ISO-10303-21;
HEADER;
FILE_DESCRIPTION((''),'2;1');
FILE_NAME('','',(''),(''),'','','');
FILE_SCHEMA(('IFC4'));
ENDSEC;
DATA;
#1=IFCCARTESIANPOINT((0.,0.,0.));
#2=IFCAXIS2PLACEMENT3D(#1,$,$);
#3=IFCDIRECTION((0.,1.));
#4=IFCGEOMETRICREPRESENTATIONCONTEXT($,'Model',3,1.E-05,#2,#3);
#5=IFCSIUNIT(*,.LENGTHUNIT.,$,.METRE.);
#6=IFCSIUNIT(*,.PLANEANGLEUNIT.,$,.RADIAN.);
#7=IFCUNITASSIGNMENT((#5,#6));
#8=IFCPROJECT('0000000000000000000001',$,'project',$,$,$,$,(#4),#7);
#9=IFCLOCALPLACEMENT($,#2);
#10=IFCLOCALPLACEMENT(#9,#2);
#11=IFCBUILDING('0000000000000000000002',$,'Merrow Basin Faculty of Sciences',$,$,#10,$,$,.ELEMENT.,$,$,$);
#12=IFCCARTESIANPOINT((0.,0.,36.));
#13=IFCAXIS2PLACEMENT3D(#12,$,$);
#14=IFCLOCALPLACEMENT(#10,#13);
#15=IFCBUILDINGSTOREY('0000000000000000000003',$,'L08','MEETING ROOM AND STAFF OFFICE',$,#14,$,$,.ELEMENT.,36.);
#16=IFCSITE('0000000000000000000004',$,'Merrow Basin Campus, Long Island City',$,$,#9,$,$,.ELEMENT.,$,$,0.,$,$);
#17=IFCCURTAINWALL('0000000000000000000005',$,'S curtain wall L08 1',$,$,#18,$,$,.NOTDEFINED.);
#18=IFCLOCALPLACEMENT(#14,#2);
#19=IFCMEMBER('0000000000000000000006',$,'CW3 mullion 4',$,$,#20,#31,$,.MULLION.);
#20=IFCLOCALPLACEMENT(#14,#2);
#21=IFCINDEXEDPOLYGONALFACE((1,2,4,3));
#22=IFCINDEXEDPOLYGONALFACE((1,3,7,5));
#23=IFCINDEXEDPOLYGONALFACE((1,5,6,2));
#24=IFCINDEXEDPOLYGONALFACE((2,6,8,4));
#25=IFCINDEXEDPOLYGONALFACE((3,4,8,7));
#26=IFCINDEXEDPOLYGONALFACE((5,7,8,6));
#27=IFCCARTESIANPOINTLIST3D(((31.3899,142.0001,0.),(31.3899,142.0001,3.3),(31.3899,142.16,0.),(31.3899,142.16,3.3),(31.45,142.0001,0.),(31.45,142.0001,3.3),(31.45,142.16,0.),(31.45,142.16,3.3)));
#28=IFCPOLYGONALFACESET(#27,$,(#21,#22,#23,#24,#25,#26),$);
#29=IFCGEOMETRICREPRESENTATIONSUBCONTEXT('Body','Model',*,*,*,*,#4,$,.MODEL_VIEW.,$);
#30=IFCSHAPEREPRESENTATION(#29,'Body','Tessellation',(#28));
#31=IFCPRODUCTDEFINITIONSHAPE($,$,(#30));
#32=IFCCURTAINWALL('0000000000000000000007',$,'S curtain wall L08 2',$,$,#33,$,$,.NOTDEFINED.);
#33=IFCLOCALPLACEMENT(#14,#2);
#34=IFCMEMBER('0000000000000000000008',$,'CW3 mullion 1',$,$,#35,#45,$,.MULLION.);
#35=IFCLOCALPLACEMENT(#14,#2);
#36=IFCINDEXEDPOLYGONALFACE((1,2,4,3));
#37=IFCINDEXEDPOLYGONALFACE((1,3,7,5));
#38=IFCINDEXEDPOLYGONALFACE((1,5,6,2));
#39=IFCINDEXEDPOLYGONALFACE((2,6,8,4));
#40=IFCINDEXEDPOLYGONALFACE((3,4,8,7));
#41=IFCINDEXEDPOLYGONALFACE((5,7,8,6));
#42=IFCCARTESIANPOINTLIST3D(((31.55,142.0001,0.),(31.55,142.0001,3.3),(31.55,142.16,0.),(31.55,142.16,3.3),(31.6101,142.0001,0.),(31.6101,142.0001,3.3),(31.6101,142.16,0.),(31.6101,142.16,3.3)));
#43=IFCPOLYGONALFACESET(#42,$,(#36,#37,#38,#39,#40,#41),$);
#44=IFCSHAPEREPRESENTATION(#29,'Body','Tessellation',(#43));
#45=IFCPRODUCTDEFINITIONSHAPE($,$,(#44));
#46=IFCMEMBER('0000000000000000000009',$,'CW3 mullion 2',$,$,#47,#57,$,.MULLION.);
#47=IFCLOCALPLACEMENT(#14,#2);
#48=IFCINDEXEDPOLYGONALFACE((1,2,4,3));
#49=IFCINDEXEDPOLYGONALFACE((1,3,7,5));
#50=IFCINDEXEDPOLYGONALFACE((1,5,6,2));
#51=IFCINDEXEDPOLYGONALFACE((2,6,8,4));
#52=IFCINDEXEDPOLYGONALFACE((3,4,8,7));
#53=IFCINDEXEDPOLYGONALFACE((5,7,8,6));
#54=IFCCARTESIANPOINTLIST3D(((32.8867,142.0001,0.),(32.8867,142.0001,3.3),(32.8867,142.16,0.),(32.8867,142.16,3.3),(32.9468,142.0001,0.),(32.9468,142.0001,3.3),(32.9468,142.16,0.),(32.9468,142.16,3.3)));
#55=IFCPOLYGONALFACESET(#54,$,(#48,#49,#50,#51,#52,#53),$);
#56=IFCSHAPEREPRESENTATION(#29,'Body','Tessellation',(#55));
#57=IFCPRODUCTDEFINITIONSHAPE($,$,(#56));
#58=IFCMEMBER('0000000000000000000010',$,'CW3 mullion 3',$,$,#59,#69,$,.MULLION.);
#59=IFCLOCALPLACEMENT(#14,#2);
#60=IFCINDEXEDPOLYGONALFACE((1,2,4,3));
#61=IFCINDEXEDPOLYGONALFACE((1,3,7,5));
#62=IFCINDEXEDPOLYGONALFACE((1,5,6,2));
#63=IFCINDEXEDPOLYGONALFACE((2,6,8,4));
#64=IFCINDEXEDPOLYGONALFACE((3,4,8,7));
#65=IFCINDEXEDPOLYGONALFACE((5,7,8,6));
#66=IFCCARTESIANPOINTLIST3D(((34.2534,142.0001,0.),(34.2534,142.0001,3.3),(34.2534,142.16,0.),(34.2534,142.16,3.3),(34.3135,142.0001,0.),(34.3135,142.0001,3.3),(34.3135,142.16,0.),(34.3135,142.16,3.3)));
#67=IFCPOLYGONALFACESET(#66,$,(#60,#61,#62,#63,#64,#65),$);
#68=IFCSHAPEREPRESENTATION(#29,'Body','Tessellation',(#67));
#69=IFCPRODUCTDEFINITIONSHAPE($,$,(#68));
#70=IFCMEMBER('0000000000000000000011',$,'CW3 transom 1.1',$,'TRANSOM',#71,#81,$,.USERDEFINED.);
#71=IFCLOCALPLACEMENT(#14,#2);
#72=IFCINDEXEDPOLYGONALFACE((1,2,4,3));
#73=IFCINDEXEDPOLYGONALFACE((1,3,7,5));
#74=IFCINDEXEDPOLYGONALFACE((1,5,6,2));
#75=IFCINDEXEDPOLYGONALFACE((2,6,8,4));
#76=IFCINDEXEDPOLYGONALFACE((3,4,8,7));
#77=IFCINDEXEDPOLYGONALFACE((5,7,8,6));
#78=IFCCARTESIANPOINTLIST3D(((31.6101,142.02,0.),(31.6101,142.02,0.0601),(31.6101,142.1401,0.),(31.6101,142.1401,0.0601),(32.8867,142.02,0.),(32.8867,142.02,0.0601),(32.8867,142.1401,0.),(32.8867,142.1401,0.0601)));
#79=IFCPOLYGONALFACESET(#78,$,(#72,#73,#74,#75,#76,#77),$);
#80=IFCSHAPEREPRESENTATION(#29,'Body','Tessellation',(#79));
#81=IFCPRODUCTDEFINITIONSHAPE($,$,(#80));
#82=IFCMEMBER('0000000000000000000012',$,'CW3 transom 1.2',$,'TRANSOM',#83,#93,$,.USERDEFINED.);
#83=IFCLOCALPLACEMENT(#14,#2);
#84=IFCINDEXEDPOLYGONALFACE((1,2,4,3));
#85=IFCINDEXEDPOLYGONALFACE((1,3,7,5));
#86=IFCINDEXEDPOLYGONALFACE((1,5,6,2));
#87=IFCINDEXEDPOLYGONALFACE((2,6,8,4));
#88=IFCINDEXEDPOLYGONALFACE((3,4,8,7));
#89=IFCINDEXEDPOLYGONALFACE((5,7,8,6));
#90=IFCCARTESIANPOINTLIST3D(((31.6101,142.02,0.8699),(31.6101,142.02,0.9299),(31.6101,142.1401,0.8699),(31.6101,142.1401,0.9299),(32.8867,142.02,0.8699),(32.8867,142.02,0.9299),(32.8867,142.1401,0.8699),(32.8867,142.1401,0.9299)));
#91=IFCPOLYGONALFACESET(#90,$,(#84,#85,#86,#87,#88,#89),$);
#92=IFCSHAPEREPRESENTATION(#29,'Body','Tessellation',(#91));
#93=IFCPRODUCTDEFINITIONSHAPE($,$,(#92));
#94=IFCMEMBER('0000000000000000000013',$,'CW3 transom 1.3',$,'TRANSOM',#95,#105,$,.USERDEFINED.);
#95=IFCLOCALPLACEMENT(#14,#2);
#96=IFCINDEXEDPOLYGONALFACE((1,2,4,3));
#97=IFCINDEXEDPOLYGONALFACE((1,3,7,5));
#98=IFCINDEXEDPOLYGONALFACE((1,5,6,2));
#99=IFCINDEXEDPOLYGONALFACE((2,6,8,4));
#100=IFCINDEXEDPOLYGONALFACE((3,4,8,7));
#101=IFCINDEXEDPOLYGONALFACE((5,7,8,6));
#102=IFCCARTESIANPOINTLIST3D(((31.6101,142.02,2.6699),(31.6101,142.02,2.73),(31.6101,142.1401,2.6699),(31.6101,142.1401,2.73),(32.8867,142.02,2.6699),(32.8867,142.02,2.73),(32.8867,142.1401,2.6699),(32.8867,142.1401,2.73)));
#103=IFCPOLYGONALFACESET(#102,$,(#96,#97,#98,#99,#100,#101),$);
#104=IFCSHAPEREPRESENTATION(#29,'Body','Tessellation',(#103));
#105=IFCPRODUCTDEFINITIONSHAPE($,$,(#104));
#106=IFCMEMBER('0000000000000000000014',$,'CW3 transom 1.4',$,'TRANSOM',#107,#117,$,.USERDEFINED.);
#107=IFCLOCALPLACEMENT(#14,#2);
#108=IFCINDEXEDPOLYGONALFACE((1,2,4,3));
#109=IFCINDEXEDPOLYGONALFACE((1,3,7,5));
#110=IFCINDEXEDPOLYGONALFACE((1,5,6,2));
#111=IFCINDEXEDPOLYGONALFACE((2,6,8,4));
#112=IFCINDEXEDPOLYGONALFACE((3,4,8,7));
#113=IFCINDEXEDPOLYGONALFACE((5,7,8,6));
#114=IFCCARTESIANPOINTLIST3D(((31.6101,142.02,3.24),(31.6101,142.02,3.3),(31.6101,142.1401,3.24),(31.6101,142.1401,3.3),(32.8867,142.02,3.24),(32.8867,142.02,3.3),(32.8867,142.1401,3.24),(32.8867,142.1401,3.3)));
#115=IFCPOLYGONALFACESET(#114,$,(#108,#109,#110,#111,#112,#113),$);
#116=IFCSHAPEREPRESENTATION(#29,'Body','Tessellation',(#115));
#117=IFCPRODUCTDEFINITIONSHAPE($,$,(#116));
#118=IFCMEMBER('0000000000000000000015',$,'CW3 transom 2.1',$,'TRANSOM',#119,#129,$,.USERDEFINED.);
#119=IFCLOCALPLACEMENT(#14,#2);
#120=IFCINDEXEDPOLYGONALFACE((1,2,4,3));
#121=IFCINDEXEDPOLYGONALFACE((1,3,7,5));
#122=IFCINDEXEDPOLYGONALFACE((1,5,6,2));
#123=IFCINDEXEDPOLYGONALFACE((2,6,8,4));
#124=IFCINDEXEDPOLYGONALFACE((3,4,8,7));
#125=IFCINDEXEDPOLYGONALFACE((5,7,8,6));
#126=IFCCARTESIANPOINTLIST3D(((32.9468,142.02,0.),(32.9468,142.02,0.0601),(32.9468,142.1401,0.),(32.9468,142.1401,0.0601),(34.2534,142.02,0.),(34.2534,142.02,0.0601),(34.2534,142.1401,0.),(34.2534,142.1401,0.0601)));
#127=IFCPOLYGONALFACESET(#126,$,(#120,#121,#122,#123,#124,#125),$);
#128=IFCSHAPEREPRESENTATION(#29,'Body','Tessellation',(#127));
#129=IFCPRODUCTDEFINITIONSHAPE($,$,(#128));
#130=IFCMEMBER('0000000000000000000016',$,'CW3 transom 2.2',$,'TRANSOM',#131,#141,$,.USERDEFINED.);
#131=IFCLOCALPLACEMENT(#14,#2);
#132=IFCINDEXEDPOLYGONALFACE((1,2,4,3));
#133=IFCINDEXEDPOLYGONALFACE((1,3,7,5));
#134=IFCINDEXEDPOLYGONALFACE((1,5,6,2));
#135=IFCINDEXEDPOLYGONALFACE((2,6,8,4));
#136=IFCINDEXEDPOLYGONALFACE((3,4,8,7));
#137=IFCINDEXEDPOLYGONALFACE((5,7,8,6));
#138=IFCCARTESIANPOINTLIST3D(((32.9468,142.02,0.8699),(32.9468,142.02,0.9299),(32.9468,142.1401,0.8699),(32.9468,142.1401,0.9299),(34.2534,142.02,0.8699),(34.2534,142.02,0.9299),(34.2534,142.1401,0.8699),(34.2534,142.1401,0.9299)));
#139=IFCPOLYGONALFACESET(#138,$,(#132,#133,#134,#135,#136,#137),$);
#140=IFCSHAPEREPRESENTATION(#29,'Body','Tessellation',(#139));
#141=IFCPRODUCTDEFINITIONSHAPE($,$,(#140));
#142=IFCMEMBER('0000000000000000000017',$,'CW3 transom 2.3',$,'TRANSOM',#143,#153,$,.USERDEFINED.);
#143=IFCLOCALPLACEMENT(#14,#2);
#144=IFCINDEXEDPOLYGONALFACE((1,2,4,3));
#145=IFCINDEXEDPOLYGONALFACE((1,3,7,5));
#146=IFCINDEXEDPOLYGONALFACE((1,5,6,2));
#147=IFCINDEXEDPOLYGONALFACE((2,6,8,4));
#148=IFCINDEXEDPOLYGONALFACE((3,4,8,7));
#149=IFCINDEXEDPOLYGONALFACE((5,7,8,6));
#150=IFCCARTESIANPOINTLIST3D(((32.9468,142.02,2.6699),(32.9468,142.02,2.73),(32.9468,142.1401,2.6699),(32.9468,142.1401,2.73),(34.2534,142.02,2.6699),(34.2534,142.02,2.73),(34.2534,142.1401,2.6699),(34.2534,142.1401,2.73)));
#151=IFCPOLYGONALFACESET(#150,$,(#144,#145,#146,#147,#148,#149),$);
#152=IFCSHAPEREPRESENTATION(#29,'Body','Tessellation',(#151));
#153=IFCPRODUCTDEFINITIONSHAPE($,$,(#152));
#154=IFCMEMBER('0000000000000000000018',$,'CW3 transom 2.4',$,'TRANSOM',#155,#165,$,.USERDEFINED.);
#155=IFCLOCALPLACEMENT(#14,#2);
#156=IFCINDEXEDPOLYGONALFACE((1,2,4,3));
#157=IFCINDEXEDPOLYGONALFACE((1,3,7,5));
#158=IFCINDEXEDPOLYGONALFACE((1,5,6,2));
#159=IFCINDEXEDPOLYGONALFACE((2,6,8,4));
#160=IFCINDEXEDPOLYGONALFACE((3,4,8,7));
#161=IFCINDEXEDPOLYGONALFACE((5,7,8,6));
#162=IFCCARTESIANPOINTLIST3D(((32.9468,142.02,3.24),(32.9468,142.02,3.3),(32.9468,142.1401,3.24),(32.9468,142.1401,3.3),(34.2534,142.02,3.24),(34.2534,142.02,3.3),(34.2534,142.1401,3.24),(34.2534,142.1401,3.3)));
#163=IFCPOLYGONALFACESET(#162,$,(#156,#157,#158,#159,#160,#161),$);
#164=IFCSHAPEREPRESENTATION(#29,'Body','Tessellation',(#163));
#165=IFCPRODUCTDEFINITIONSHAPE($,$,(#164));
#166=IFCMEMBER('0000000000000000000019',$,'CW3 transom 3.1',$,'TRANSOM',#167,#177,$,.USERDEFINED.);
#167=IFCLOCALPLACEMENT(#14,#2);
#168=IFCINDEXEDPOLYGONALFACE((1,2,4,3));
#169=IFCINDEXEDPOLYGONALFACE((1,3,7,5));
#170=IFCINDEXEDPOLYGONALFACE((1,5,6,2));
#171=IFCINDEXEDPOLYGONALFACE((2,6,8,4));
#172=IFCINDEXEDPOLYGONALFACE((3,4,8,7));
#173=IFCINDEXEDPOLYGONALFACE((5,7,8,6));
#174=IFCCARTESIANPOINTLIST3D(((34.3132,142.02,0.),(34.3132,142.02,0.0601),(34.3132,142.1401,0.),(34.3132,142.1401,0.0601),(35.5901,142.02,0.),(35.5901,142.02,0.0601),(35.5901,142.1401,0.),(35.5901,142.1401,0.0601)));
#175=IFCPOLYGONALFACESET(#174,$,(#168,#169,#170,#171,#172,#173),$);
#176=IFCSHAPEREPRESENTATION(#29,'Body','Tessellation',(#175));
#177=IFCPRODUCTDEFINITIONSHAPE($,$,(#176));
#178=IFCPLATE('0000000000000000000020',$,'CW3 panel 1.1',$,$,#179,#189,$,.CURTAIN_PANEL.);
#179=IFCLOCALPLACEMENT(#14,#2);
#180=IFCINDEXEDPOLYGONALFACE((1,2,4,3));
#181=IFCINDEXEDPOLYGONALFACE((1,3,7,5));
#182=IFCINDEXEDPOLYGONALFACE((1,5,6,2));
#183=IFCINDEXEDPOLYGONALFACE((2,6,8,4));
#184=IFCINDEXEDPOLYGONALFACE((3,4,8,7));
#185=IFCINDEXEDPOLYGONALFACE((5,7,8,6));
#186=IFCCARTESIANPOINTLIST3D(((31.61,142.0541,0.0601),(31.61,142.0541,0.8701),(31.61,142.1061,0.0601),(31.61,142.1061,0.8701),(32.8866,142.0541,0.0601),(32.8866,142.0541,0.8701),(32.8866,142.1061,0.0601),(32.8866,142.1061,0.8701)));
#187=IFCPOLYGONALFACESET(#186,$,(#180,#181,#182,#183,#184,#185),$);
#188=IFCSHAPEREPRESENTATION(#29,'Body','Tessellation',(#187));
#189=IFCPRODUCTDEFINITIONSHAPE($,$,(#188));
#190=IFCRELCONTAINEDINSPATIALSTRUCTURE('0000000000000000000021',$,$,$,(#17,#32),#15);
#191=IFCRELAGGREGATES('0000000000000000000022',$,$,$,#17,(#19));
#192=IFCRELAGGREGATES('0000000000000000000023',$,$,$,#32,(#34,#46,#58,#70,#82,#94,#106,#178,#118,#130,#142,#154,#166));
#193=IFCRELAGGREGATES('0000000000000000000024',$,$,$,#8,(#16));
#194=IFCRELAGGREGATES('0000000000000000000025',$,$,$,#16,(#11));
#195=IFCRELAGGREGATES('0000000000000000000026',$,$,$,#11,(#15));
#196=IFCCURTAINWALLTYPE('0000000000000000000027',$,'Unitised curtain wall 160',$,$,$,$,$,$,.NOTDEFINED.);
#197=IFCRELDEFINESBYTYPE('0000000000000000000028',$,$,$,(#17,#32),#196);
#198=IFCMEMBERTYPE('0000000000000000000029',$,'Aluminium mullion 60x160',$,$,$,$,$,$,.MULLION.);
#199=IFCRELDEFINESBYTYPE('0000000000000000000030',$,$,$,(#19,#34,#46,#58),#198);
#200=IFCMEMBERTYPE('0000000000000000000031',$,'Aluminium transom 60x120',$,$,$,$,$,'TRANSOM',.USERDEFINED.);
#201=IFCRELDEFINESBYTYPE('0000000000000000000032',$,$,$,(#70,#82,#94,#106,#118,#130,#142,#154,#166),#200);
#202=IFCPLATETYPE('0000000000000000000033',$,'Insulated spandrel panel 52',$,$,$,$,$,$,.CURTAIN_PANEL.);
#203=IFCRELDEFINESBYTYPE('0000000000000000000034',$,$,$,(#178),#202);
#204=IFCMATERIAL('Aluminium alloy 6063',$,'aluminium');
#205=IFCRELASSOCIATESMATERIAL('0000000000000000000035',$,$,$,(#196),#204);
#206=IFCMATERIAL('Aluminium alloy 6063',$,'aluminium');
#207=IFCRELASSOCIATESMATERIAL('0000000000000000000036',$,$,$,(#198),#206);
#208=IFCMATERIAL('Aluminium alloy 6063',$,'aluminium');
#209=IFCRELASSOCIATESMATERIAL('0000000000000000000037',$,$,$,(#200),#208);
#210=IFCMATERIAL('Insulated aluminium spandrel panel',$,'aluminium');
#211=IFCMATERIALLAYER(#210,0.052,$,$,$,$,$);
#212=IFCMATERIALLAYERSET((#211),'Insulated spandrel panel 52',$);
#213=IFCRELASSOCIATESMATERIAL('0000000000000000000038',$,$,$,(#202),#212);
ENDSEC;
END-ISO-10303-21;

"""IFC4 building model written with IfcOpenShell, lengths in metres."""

from ifc_helpers import new_model, si_unit, direction, frame, origin, origin_2d, place, context, subcontext, project, spatial, rectangle, extrude, material, layer, layer_set, material_profile, profile_set, type_object, element, aggregate, save


model = new_model("IFC4")

# Units and contexts
model_context = context("Model", 3, precision=1e-05, world=origin(), true_north=direction((0.0, 1.0)))
body_context = subcontext(model_context, "Body", "Model", "MODEL_VIEW")
ifc_project = project(units=[si_unit("LENGTHUNIT", "METRE"), si_unit("PLANEANGLEUNIT", "RADIAN")], contexts=[model_context])

# Site, building, storey
site_placement = place(None, origin())
site = spatial("IfcSite", under=ifc_project, at=site_placement, Name="Merrow Basin Campus, Long Island City", CompositionType="ELEMENT", RefElevation=0.0)
building_placement = place(site_placement, origin())
building = spatial("IfcBuilding", under=site, at=building_placement, Name="Merrow Basin Faculty of Sciences", CompositionType="ELEMENT")
storey_placement = place(building_placement, frame((0.0, 0.0, 36.0)))
storey = spatial("IfcBuildingStorey", under=building, at=storey_placement, Name="L08", Description="MEETING ROOM AND STAFF OFFICE", CompositionType="ELEMENT", Elevation=36.0)

# Curtain wall, member
ifc_material_1 = material(Name="Aluminium alloy 6063", Category="aluminium")
curtain_wall_type = type_object("IfcCurtainWallType", Name="Unitised curtain wall 160", PredefinedType="NOTDEFINED", material=ifc_material_1)
curtain_wall_1_placement = place(storey_placement, origin())
curtain_wall_1 = element("IfcCurtainWall", 1, at=curtain_wall_1_placement, inside=storey, type_object=curtain_wall_type, Name="S curtain wall L08 1", PredefinedType="NOTDEFINED")
ifc_material_2 = material(Name="Aluminium alloy 6063", Category="aluminium")
ifc_material_profile_1 = material_profile(ifc_material_2, rectangle(XDim=0.1599, YDim=0.0601, at=origin_2d()))
ifc_profile_set_1 = profile_set([ifc_material_profile_1], Name="Aluminium alloy 6063")
member_type_1 = type_object("IfcMemberType", Name="Aluminium mullion 60x160", PredefinedType="MULLION", material=ifc_profile_set_1)
member_1_placement = place(storey_placement, frame((31.4199, 142.0801, 0.0), z_axis=(0.0, 0.0, 1.0), x_axis=(0.0, 1.0, 0.0)))
member_1 = element("IfcMember", 2, at=member_1_placement, type_object=member_type_1, Name="CW3 mullion 4", PredefinedType="MULLION", context=body_context, shape_type="SweptSolid", body=[
    extrude(rectangle(XDim=0.1599, YDim=0.0601, at=origin_2d()), origin(), (0.0, 0.0, 1.0), 3.3),
])

# Curtain wall, members, plate
curtain_wall_2_placement = place(storey_placement, origin())
curtain_wall_2 = element("IfcCurtainWall", 3, at=curtain_wall_2_placement, inside=storey, type_object=curtain_wall_type, Name="S curtain wall L08 2", PredefinedType="NOTDEFINED")
member_2_placement = place(storey_placement, frame((31.5801, 142.0801, 0.0), z_axis=(0.0, 0.0, 1.0), x_axis=(0.0, 1.0, 0.0)))
member_2 = element("IfcMember", 4, at=member_2_placement, type_object=member_type_1, Name="CW3 mullion 1", PredefinedType="MULLION", context=body_context, shape_type="SweptSolid", body=[
    extrude(rectangle(XDim=0.1599, YDim=0.0601, at=origin_2d()), origin(), (0.0, 0.0, 1.0), 3.3),
])
member_3_placement = place(storey_placement, frame((32.9167, 142.0801, 0.0), z_axis=(0.0, 0.0, 1.0), x_axis=(0.0, 1.0, 0.0)))
member_3 = element("IfcMember", 5, at=member_3_placement, type_object=member_type_1, Name="CW3 mullion 2", PredefinedType="MULLION", context=body_context, shape_type="SweptSolid", body=[
    extrude(rectangle(XDim=0.1599, YDim=0.0601, at=origin_2d()), origin(), (0.0, 0.0, 1.0), 3.3),
])
member_4_placement = place(storey_placement, frame((34.2834, 142.0801, 0.0), z_axis=(0.0, 0.0, 1.0), x_axis=(0.0, 1.0, 0.0)))
member_4 = element("IfcMember", 6, at=member_4_placement, type_object=member_type_1, Name="CW3 mullion 3", PredefinedType="MULLION", context=body_context, shape_type="SweptSolid", body=[
    extrude(rectangle(XDim=0.1599, YDim=0.0601, at=origin_2d()), origin(), (0.0, 0.0, 1.0), 3.3),
])
ifc_material_3 = material(Name="Aluminium alloy 6063", Category="aluminium")
ifc_material_profile_2 = material_profile(ifc_material_3, rectangle(XDim=0.1201, YDim=0.0601, at=origin_2d()))
ifc_profile_set_2 = profile_set([ifc_material_profile_2], Name="Aluminium alloy 6063")
member_type_2 = type_object("IfcMemberType", Name="Aluminium transom 60x120", ElementType="TRANSOM", PredefinedType="USERDEFINED", material=ifc_profile_set_2)
member_5_placement = place(storey_placement, frame((31.6101, 142.0801, 0.03), z_axis=(1.0, 0.0, 0.0), x_axis=(0.0, 1.0, 0.0)))
member_5 = element("IfcMember", 7, at=member_5_placement, type_object=member_type_2, Name="CW3 transom 1.1", ObjectType="TRANSOM", PredefinedType="USERDEFINED", context=body_context, shape_type="SweptSolid", body=[
    extrude(rectangle(XDim=0.1201, YDim=0.0601, at=origin_2d()), origin(), (0.0, 0.0, 1.0), 1.2766),
])
member_6_placement = place(storey_placement, frame((31.6101, 142.0801, 0.8999), z_axis=(1.0, 0.0, 0.0), x_axis=(0.0, 1.0, 0.0)))
member_6 = element("IfcMember", 8, at=member_6_placement, type_object=member_type_2, Name="CW3 transom 1.2", ObjectType="TRANSOM", PredefinedType="USERDEFINED", context=body_context, shape_type="SweptSolid", body=[
    extrude(rectangle(XDim=0.1201, YDim=0.0601, at=origin_2d()), origin(), (0.0, 0.0, 1.0), 1.2766),
])
member_7_placement = place(storey_placement, frame((31.6101, 142.0801, 2.7), z_axis=(1.0, 0.0, 0.0), x_axis=(0.0, 1.0, 0.0)))
member_7 = element("IfcMember", 9, at=member_7_placement, type_object=member_type_2, Name="CW3 transom 1.3", ObjectType="TRANSOM", PredefinedType="USERDEFINED", context=body_context, shape_type="SweptSolid", body=[
    extrude(rectangle(XDim=0.1201, YDim=0.0601, at=origin_2d()), origin(), (0.0, 0.0, 1.0), 1.2766),
])
member_8_placement = place(storey_placement, frame((31.6101, 142.0801, 3.27), z_axis=(1.0, 0.0, 0.0), x_axis=(0.0, 1.0, 0.0)))
member_8 = element("IfcMember", 10, at=member_8_placement, type_object=member_type_2, Name="CW3 transom 1.4", ObjectType="TRANSOM", PredefinedType="USERDEFINED", context=body_context, shape_type="SweptSolid", body=[
    extrude(rectangle(XDim=0.1201, YDim=0.0601, at=origin_2d()), origin(), (0.0, 0.0, 1.0), 1.2766),
])
member_9_placement = place(storey_placement, frame((32.9468, 142.0801, 0.03), z_axis=(1.0, 0.0, 0.0), x_axis=(0.0, 1.0, 0.0)))
member_9 = element("IfcMember", 11, at=member_9_placement, type_object=member_type_2, Name="CW3 transom 2.1", ObjectType="TRANSOM", PredefinedType="USERDEFINED", context=body_context, shape_type="SweptSolid", body=[
    extrude(rectangle(XDim=0.1201, YDim=0.0601, at=origin_2d()), origin(), (0.0, 0.0, 1.0), 1.3066),
])
member_10_placement = place(storey_placement, frame((32.9468, 142.0801, 0.8999), z_axis=(1.0, 0.0, 0.0), x_axis=(0.0, 1.0, 0.0)))
member_10 = element("IfcMember", 12, at=member_10_placement, type_object=member_type_2, Name="CW3 transom 2.2", ObjectType="TRANSOM", PredefinedType="USERDEFINED", context=body_context, shape_type="SweptSolid", body=[
    extrude(rectangle(XDim=0.1201, YDim=0.0601, at=origin_2d()), origin(), (0.0, 0.0, 1.0), 1.3066),
])
member_11_placement = place(storey_placement, frame((32.9468, 142.0801, 2.7), z_axis=(1.0, 0.0, 0.0), x_axis=(0.0, 1.0, 0.0)))
member_11 = element("IfcMember", 13, at=member_11_placement, type_object=member_type_2, Name="CW3 transom 2.3", ObjectType="TRANSOM", PredefinedType="USERDEFINED", context=body_context, shape_type="SweptSolid", body=[
    extrude(rectangle(XDim=0.1201, YDim=0.0601, at=origin_2d()), origin(), (0.0, 0.0, 1.0), 1.3066),
])
member_12_placement = place(storey_placement, frame((32.9468, 142.0801, 3.27), z_axis=(1.0, 0.0, 0.0), x_axis=(0.0, 1.0, 0.0)))
member_12 = element("IfcMember", 14, at=member_12_placement, type_object=member_type_2, Name="CW3 transom 2.4", ObjectType="TRANSOM", PredefinedType="USERDEFINED", context=body_context, shape_type="SweptSolid", body=[
    extrude(rectangle(XDim=0.1201, YDim=0.0601, at=origin_2d()), origin(), (0.0, 0.0, 1.0), 1.3066),
])
member_13_placement = place(storey_placement, frame((34.3132, 142.0801, 0.03), z_axis=(1.0, 0.0, 0.0), x_axis=(0.0, 1.0, 0.0)))
member_13 = element("IfcMember", 15, at=member_13_placement, type_object=member_type_2, Name="CW3 transom 3.1", ObjectType="TRANSOM", PredefinedType="USERDEFINED", context=body_context, shape_type="SweptSolid", body=[
    extrude(rectangle(XDim=0.1201, YDim=0.0601, at=origin_2d()), origin(), (0.0, 0.0, 1.0), 1.2769),
])
ifc_material_4 = material(Name="Insulated aluminium spandrel panel", Category="aluminium")
ifc_layer_1 = layer(ifc_material_4, 0.052)
ifc_layer_set_1 = layer_set([ifc_layer_1], Name="Insulated spandrel panel 52")
plate_type_1 = type_object("IfcPlateType", Name="Insulated spandrel panel 52", PredefinedType="CURTAIN_PANEL", material=ifc_layer_set_1)
plate_1_placement = place(storey_placement, frame((32.2483, 142.0801, 0.0601), z_axis=(0.0, 0.0, 1.0), x_axis=(1.0, 0.0, 0.0)))
plate_1 = element("IfcPlate", 16, at=plate_1_placement, type_object=plate_type_1, Name="CW3 panel 1.1", PredefinedType="CURTAIN_PANEL", context=body_context, shape_type="SweptSolid", body=[
    extrude(rectangle(XDim=1.2766, YDim=0.052, at=origin_2d()), origin(), (0.0, 0.0, 1.0), 0.8101),
])

aggregate(curtain_wall_1, [member_1])
aggregate(curtain_wall_2, [member_2, member_3, member_4, member_5, member_6, member_7, member_8, plate_1, member_9, member_10, member_11, member_12, member_13])

save(model, "model.ifc")
